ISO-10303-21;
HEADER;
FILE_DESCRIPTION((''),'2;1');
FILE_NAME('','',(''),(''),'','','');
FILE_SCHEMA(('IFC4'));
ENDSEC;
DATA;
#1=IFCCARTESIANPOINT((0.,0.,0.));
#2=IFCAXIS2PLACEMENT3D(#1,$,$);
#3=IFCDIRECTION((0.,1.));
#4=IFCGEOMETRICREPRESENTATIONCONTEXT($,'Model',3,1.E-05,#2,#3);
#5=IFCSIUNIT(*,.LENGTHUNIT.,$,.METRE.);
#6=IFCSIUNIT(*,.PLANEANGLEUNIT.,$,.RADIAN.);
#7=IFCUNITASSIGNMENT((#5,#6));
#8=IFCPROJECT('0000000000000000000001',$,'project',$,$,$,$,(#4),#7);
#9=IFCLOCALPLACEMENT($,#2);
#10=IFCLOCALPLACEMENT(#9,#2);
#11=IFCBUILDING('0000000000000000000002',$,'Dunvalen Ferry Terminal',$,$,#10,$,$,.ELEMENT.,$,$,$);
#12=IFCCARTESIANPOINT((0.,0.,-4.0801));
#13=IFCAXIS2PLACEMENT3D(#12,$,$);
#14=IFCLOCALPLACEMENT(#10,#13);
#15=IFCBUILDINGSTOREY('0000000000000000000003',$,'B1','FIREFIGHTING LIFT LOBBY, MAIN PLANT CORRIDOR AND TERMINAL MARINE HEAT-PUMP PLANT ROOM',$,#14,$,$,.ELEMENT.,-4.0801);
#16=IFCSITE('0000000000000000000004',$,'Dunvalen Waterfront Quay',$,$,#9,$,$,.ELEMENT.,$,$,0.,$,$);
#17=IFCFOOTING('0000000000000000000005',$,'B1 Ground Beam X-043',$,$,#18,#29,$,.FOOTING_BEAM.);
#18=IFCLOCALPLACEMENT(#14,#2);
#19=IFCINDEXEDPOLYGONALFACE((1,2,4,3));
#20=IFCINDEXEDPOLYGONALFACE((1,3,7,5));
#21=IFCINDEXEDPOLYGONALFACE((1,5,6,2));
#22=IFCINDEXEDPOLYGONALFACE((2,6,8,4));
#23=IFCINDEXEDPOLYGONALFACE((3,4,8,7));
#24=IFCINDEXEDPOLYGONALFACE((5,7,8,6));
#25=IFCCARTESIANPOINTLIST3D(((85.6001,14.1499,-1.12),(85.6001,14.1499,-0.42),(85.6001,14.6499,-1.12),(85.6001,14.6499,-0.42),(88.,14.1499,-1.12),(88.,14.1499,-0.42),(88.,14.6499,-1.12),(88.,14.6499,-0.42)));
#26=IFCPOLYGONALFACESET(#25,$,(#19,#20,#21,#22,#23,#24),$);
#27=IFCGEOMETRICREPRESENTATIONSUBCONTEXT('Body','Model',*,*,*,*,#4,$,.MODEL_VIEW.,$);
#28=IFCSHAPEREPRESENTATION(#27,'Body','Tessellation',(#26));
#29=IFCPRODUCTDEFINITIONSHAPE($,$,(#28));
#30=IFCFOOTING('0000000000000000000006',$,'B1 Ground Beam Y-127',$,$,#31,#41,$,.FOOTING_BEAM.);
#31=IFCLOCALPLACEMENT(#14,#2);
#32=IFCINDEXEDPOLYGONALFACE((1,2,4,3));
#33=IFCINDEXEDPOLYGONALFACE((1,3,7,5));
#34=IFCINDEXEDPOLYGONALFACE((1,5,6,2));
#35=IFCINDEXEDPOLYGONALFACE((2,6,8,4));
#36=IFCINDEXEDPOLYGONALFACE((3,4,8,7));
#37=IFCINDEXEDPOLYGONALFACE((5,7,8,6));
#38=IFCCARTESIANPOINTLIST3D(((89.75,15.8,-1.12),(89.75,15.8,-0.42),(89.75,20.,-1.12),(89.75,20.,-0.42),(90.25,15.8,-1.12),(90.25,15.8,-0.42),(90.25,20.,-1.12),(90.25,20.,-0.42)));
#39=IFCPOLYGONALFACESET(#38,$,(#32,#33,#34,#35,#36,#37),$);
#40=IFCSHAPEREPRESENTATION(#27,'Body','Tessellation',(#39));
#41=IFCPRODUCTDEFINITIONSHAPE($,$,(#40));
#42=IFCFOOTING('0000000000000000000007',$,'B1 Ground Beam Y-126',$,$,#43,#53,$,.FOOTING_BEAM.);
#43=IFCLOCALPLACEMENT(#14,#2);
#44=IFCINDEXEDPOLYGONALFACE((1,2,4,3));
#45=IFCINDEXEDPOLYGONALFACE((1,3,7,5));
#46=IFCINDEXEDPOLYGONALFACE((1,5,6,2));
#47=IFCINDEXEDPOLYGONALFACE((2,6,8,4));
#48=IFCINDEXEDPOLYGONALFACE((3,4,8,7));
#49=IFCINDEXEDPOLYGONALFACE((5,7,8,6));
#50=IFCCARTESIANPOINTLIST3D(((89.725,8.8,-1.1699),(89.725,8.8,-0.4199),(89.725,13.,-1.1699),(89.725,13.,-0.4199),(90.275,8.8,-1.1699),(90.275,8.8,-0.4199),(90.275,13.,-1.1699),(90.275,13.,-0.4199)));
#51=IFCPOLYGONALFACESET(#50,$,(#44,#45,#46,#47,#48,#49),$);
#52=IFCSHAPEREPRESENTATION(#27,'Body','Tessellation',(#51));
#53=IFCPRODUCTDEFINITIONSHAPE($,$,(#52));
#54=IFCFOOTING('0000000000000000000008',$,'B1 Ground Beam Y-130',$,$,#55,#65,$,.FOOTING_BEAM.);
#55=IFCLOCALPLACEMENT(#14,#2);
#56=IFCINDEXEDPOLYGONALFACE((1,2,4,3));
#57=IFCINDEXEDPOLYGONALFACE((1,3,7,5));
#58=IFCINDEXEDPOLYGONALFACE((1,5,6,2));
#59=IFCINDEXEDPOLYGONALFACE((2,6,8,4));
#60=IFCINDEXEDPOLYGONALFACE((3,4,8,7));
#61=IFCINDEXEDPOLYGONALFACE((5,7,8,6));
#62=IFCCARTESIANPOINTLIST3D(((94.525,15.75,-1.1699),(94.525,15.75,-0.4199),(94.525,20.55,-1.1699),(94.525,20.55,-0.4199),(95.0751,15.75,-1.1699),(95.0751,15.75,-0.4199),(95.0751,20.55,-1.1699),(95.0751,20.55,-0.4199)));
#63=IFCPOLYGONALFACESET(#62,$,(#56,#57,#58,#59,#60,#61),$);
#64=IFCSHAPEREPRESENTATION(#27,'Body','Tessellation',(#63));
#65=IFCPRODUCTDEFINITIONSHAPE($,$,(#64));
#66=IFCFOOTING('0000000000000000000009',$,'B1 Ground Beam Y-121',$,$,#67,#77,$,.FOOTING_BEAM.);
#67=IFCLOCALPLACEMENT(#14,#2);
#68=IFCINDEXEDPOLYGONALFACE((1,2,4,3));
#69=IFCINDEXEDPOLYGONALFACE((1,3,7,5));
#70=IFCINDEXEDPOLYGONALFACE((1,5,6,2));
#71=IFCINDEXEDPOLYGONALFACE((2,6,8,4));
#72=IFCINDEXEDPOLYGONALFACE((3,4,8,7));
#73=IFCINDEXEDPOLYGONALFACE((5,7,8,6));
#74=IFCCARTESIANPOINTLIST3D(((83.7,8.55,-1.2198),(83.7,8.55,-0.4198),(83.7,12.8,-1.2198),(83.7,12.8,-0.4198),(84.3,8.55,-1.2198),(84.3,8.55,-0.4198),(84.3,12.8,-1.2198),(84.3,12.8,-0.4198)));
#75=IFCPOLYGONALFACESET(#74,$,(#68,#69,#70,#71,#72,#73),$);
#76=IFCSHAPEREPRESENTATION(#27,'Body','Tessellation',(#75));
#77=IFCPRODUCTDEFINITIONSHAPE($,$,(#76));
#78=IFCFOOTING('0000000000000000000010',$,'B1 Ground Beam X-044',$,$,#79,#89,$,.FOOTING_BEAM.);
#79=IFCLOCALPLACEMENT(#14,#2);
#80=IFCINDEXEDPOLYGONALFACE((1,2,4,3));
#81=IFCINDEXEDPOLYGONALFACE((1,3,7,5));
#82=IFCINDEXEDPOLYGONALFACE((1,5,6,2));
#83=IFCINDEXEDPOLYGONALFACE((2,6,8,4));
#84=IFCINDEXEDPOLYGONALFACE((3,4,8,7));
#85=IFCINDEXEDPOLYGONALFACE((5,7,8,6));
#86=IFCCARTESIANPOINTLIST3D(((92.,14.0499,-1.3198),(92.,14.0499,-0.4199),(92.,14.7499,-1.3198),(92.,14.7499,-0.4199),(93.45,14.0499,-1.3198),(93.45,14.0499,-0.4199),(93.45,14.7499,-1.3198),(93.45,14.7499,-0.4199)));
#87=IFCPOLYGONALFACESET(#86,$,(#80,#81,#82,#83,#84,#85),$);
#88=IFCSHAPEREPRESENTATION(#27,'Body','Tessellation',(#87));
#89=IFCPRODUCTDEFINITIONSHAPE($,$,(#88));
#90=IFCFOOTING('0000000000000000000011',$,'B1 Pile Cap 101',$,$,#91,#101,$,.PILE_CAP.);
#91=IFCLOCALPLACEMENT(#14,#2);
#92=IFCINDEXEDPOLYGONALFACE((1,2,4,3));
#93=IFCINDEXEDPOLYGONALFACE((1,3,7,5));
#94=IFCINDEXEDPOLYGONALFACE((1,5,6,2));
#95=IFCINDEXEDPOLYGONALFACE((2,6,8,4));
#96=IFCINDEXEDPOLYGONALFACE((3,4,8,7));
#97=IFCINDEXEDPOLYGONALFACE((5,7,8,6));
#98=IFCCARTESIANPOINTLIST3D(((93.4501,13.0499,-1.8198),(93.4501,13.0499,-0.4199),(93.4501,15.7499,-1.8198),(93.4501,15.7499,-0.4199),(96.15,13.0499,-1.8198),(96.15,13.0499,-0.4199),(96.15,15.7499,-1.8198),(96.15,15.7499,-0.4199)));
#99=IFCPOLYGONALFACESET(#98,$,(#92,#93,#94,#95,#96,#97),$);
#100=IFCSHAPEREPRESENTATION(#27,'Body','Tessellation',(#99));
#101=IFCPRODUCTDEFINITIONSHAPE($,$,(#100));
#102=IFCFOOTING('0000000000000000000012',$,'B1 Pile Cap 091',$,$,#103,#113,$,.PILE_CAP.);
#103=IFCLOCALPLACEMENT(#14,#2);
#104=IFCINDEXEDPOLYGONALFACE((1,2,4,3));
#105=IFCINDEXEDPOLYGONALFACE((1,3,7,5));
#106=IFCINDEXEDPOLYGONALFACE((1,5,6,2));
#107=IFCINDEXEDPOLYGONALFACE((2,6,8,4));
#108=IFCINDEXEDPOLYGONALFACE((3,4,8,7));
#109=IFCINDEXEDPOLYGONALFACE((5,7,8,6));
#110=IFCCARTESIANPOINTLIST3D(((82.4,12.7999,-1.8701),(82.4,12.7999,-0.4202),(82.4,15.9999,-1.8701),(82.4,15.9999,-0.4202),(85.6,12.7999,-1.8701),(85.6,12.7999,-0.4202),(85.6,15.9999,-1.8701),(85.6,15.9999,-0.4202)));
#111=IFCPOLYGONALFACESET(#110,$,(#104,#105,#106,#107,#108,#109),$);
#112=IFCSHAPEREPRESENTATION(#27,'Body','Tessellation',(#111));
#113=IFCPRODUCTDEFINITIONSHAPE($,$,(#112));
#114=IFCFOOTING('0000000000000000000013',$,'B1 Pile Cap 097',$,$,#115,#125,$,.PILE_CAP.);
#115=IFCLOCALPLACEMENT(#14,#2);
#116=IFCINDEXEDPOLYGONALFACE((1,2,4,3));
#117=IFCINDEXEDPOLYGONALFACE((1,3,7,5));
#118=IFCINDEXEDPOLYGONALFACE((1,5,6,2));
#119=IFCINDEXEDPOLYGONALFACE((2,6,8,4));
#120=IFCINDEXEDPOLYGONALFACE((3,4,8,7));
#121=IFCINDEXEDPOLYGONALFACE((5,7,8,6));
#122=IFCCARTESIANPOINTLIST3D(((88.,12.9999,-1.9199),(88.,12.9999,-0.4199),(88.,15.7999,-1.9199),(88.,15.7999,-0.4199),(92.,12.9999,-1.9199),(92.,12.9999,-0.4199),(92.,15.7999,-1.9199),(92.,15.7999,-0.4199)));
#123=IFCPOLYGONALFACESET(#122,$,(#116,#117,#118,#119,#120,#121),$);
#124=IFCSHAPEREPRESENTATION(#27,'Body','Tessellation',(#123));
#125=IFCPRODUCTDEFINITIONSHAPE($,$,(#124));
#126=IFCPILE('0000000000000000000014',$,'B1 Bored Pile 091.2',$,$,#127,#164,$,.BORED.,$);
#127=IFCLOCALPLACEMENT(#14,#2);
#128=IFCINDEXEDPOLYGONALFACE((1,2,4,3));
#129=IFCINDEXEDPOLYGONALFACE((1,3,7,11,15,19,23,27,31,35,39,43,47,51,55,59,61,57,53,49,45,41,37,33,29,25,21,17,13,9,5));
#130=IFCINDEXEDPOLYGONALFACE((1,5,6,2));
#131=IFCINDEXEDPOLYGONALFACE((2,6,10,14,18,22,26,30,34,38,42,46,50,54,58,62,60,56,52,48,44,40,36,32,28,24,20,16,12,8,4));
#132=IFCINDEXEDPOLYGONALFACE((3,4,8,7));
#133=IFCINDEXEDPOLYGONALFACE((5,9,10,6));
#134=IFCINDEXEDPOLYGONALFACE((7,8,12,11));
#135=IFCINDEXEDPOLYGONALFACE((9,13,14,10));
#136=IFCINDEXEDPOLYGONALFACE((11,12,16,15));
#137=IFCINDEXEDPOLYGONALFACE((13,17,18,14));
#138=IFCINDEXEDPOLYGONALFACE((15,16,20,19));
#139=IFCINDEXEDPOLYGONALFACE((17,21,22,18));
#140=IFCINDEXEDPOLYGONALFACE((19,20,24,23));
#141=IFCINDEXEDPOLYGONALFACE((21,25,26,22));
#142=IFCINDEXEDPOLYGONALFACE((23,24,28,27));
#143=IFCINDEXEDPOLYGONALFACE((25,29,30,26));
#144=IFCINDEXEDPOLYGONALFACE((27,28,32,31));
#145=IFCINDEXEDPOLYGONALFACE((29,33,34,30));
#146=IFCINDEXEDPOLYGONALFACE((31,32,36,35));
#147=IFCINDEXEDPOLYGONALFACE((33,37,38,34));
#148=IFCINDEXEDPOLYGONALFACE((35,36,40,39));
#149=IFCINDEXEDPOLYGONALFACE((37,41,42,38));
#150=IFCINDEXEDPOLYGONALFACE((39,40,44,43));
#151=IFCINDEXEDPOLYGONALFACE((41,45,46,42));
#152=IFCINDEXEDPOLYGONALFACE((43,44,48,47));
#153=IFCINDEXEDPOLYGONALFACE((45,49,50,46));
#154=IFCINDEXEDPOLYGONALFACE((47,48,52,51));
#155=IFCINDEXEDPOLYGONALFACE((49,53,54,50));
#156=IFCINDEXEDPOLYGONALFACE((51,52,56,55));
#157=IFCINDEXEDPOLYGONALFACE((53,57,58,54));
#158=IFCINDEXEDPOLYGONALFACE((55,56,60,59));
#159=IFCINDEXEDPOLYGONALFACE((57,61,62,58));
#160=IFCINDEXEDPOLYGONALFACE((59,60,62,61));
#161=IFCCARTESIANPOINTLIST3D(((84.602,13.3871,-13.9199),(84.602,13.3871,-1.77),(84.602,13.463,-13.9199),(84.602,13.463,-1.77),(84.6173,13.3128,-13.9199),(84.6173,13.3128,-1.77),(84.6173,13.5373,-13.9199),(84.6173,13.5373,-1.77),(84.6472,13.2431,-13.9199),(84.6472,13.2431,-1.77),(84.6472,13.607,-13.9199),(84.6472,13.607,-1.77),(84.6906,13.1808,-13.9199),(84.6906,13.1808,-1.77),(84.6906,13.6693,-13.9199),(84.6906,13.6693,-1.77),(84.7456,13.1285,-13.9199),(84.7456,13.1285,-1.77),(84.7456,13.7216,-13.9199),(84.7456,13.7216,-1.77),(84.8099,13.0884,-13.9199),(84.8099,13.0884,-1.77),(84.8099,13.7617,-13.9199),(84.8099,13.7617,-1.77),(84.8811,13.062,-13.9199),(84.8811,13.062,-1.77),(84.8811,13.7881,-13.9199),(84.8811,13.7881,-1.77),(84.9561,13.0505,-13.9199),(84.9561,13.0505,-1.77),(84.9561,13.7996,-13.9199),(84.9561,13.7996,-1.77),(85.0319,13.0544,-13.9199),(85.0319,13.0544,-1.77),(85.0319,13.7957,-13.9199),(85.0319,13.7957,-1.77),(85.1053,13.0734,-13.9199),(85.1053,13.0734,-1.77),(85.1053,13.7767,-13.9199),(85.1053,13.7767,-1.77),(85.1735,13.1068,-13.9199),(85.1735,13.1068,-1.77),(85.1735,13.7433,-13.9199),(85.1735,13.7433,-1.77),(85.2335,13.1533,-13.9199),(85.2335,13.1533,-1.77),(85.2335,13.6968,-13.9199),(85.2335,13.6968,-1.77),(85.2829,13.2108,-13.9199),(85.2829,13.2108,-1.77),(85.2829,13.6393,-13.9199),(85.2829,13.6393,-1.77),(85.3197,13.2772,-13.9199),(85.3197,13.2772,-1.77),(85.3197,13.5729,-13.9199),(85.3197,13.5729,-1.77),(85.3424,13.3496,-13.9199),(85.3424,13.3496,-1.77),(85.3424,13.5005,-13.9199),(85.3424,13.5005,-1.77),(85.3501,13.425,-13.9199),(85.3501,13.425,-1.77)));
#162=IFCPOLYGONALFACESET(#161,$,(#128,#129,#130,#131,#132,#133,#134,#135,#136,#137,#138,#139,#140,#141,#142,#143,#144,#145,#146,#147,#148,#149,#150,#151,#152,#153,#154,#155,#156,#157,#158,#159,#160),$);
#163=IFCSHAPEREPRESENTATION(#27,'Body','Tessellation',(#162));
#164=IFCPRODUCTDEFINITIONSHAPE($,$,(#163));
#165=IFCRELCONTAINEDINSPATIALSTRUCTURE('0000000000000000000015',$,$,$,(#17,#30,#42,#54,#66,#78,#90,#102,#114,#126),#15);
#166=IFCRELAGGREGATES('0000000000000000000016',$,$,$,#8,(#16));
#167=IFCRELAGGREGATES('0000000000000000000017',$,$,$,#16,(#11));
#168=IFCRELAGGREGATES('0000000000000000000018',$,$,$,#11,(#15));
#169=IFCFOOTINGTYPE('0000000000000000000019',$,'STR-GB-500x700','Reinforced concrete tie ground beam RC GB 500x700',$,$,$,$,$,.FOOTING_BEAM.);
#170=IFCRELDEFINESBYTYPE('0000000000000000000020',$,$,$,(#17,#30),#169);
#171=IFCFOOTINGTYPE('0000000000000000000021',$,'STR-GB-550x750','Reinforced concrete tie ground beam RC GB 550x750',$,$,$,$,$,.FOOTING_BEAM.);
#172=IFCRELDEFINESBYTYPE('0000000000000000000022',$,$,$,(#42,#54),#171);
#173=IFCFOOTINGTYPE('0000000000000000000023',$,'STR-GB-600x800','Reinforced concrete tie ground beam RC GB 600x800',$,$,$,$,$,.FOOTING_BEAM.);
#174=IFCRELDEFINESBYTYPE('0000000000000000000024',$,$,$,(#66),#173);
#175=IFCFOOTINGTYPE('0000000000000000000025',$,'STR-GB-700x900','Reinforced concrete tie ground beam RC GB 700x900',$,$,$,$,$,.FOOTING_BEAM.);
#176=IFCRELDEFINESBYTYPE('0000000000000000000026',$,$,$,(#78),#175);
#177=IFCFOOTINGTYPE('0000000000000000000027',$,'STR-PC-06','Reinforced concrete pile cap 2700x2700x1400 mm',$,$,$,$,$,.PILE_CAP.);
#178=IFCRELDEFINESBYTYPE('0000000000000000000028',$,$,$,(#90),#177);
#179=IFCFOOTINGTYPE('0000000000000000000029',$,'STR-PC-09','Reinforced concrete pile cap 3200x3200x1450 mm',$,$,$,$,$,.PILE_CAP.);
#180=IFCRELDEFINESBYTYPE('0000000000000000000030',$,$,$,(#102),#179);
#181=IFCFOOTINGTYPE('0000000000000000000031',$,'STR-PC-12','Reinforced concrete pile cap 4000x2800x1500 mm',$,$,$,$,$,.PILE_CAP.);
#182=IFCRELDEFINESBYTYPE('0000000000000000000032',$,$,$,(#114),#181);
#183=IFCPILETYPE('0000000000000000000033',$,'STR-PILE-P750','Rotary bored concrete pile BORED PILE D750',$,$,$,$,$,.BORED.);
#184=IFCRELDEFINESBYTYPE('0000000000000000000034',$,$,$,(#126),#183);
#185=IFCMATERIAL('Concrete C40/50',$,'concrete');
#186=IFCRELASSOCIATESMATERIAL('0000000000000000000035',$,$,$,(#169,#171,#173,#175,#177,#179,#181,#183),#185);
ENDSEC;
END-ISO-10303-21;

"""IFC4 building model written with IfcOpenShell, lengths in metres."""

from ifc_helpers import new_model, si_unit, direction, frame, origin, origin_2d, place, context, subcontext, project, spatial, rectangle, circle, extrude, material, material_profile, profile_set, type_object, element, save


model = new_model("IFC4")

# Units and contexts
model_context = context("Model", 3, precision=1e-05, world=origin(), true_north=direction((0.0, 1.0)))
body_context = subcontext(model_context, "Body", "Model", "MODEL_VIEW")
ifc_project = project(units=[si_unit("LENGTHUNIT", "METRE"), si_unit("PLANEANGLEUNIT", "RADIAN")], contexts=[model_context])

# Site, building, storey
site_placement = place(None, origin())
site = spatial("IfcSite", under=ifc_project, at=site_placement, Name="Dunvalen Waterfront Quay", CompositionType="ELEMENT", RefElevation=0.0)
building_placement = place(site_placement, origin())
building = spatial("IfcBuilding", under=site, at=building_placement, Name="Dunvalen Ferry Terminal", CompositionType="ELEMENT")
storey_placement = place(building_placement, frame((0.0, 0.0, -4.0801)))
storey = spatial("IfcBuildingStorey", under=building, at=storey_placement, Name="B1", Description="FIREFIGHTING LIFT LOBBY, MAIN PLANT CORRIDOR AND TERMINAL MARINE HEAT-PUMP PLANT ROOM", CompositionType="ELEMENT", Elevation=-4.0801)

# Footings
ifc_material_1 = material(Name="Concrete C40/50", Category="concrete")
ifc_material_profile_1 = material_profile(ifc_material_1, rectangle(XDim=0.5, YDim=0.7, at=origin_2d()), Name="Concrete C40/50")
ifc_profile_set_1 = profile_set([ifc_material_profile_1], Name="Concrete C40/50")
footing_type_1 = type_object("IfcFootingType", Name="STR-GB-500x700", Description="Reinforced concrete tie ground beam RC GB 500x700", PredefinedType="FOOTING_BEAM", material=ifc_profile_set_1)
footing_1_placement = place(storey_placement, frame((85.6001, 14.3999, -0.77), z_axis=(1.0, 0.0, 0.0), x_axis=(0.0, 1.0, 0.0)))
element("IfcFooting", 1, at=footing_1_placement, inside=storey, type_object=footing_type_1, Name="B1 Ground Beam X-043", PredefinedType="FOOTING_BEAM", context=body_context, shape_type="SweptSolid", body=[
    extrude(rectangle(XDim=0.5, YDim=0.7, at=origin_2d()), origin(), (0.0, 0.0, 1.0), 2.3999),
])
footing_2_placement = place(storey_placement, frame((90.0, 15.8, -0.77), z_axis=(0.0, 1.0, 0.0), x_axis=(-1.0, 0.0, 0.0)))
element("IfcFooting", 2, at=footing_2_placement, inside=storey, type_object=footing_type_1, Name="B1 Ground Beam Y-127", PredefinedType="FOOTING_BEAM", context=body_context, shape_type="SweptSolid", body=[
    extrude(rectangle(XDim=0.5, YDim=0.7, at=origin_2d()), origin(), (0.0, 0.0, 1.0), 4.2),
])
ifc_material_profile_2 = material_profile(ifc_material_1, rectangle(XDim=0.55, YDim=0.75, at=origin_2d()), Name="Concrete C40/50")
ifc_profile_set_2 = profile_set([ifc_material_profile_2], Name="Concrete C40/50")
footing_type_2 = type_object("IfcFootingType", Name="STR-GB-550x750", Description="Reinforced concrete tie ground beam RC GB 550x750", PredefinedType="FOOTING_BEAM", material=ifc_profile_set_2)
footing_3_placement = place(storey_placement, frame((90.0, 8.8, -0.7949), z_axis=(0.0, 1.0, 0.0), x_axis=(-1.0, 0.0, 0.0)))
element("IfcFooting", 3, at=footing_3_placement, inside=storey, type_object=footing_type_2, Name="B1 Ground Beam Y-126", PredefinedType="FOOTING_BEAM", context=body_context, shape_type="SweptSolid", body=[
    extrude(rectangle(XDim=0.55, YDim=0.75, at=origin_2d()), origin(), (0.0, 0.0, 1.0), 4.2),
])
footing_4_placement = place(storey_placement, frame((94.8, 15.75, -0.7949), z_axis=(0.0, 1.0, 0.0), x_axis=(-1.0, 0.0, 0.0)))
element("IfcFooting", 4, at=footing_4_placement, inside=storey, type_object=footing_type_2, Name="B1 Ground Beam Y-130", PredefinedType="FOOTING_BEAM", context=body_context, shape_type="SweptSolid", body=[
    extrude(rectangle(XDim=0.55, YDim=0.75, at=origin_2d()), origin(), (0.0, 0.0, 1.0), 4.8),
])
ifc_material_profile_3 = material_profile(ifc_material_1, rectangle(XDim=0.6001, YDim=0.8, at=origin_2d()), Name="Concrete C40/50")
ifc_profile_set_3 = profile_set([ifc_material_profile_3], Name="Concrete C40/50")
footing_type_3 = type_object("IfcFootingType", Name="STR-GB-600x800", Description="Reinforced concrete tie ground beam RC GB 600x800", PredefinedType="FOOTING_BEAM", material=ifc_profile_set_3)
footing_5_placement = place(storey_placement, frame((84.0, 8.55, -0.8198), z_axis=(0.0, 1.0, 0.0), x_axis=(-1.0, 0.0, 0.0)))
element("IfcFooting", 5, at=footing_5_placement, inside=storey, type_object=footing_type_3, Name="B1 Ground Beam Y-121", PredefinedType="FOOTING_BEAM", context=body_context, shape_type="SweptSolid", body=[
    extrude(rectangle(XDim=0.6001, YDim=0.8, at=origin_2d()), origin(), (0.0, 0.0, 1.0), 4.25),
])
ifc_material_profile_4 = material_profile(ifc_material_1, rectangle(XDim=0.7, YDim=0.8999, at=origin_2d()), Name="Concrete C40/50")
ifc_profile_set_4 = profile_set([ifc_material_profile_4], Name="Concrete C40/50")
footing_type_4 = type_object("IfcFootingType", Name="STR-GB-700x900", Description="Reinforced concrete tie ground beam RC GB 700x900", PredefinedType="FOOTING_BEAM", material=ifc_profile_set_4)
footing_6_placement = place(storey_placement, frame((92.0, 14.3999, -0.8699), z_axis=(1.0, 0.0, 0.0), x_axis=(0.0, 1.0, 0.0)))
element("IfcFooting", 6, at=footing_6_placement, inside=storey, type_object=footing_type_4, Name="B1 Ground Beam X-044", PredefinedType="FOOTING_BEAM", context=body_context, shape_type="SweptSolid", body=[
    extrude(rectangle(XDim=0.7, YDim=0.8999, at=origin_2d()), origin(), (0.0, 0.0, 1.0), 1.45),
])
footing_type_5 = type_object("IfcFootingType", Name="STR-PC-06", Description="Reinforced concrete pile cap 2700x2700x1400 mm", PredefinedType="PILE_CAP", material=ifc_material_1)
footing_7_placement = place(storey_placement, frame((94.8, 14.3999, -1.8198), z_axis=(0.0, 0.0, 1.0), x_axis=(1.0, 0.0, 0.0)))
element("IfcFooting", 7, at=footing_7_placement, inside=storey, type_object=footing_type_5, Name="B1 Pile Cap 101", PredefinedType="PILE_CAP", context=body_context, shape_type="SweptSolid", body=[
    extrude(rectangle(XDim=2.7, YDim=2.7, at=origin_2d()), origin(), (0.0, 0.0, 1.0), 1.3999),
])
footing_type_6 = type_object("IfcFootingType", Name="STR-PC-09", Description="Reinforced concrete pile cap 3200x3200x1450 mm", PredefinedType="PILE_CAP", material=ifc_material_1)
footing_8_placement = place(storey_placement, frame((84.0, 14.3999, -1.8701), z_axis=(0.0, 0.0, 1.0), x_axis=(1.0, 0.0, 0.0)))
element("IfcFooting", 8, at=footing_8_placement, inside=storey, type_object=footing_type_6, Name="B1 Pile Cap 091", PredefinedType="PILE_CAP", context=body_context, shape_type="SweptSolid", body=[
    extrude(rectangle(XDim=3.2, YDim=3.2, at=origin_2d()), origin(), (0.0, 0.0, 1.0), 1.45),
])
footing_type_7 = type_object("IfcFootingType", Name="STR-PC-12", Description="Reinforced concrete pile cap 4000x2800x1500 mm", PredefinedType="PILE_CAP", material=ifc_material_1)
footing_9_placement = place(storey_placement, frame((90.0, 14.3999, -1.9199), z_axis=(0.0, 0.0, 1.0), x_axis=(1.0, 0.0, 0.0)))
element("IfcFooting", 9, at=footing_9_placement, inside=storey, type_object=footing_type_7, Name="B1 Pile Cap 097", PredefinedType="PILE_CAP", context=body_context, shape_type="SweptSolid", body=[
    extrude(rectangle(XDim=4.0, YDim=2.8, at=origin_2d()), origin(), (0.0, 0.0, 1.0), 1.5),
])

# Pile
ifc_material_profile_5 = material_profile(ifc_material_1, circle(Radius=0.375, at=origin_2d()), Name="Concrete C40/50")
ifc_profile_set_5 = profile_set([ifc_material_profile_5], Name="Concrete C40/50")
pile_type = type_object("IfcPileType", Name="STR-PILE-P750", Description="Rotary bored concrete pile BORED PILE D750", PredefinedType="BORED", material=ifc_profile_set_5)
for number, where, z_axis, x_axis, name in (
    (10, (84.9751, 13.425, -1.77), (0.0, 0.0, -1.0), (1.0, 0.0, 0.0), "B1 Bored Pile 091.2"),
):
    element("IfcPile", number, at=place(storey_placement, frame(where, z_axis=z_axis, x_axis=x_axis)), inside=storey, type_object=pile_type, Name=name, PredefinedType="BORED", context=body_context, shape_type="SweptSolid", body=[
        extrude(circle(Radius=0.375, at=origin_2d()), origin(), (0.0, 0.0, 1.0), 12.1499),
    ])

save(model, "model.ifc")
